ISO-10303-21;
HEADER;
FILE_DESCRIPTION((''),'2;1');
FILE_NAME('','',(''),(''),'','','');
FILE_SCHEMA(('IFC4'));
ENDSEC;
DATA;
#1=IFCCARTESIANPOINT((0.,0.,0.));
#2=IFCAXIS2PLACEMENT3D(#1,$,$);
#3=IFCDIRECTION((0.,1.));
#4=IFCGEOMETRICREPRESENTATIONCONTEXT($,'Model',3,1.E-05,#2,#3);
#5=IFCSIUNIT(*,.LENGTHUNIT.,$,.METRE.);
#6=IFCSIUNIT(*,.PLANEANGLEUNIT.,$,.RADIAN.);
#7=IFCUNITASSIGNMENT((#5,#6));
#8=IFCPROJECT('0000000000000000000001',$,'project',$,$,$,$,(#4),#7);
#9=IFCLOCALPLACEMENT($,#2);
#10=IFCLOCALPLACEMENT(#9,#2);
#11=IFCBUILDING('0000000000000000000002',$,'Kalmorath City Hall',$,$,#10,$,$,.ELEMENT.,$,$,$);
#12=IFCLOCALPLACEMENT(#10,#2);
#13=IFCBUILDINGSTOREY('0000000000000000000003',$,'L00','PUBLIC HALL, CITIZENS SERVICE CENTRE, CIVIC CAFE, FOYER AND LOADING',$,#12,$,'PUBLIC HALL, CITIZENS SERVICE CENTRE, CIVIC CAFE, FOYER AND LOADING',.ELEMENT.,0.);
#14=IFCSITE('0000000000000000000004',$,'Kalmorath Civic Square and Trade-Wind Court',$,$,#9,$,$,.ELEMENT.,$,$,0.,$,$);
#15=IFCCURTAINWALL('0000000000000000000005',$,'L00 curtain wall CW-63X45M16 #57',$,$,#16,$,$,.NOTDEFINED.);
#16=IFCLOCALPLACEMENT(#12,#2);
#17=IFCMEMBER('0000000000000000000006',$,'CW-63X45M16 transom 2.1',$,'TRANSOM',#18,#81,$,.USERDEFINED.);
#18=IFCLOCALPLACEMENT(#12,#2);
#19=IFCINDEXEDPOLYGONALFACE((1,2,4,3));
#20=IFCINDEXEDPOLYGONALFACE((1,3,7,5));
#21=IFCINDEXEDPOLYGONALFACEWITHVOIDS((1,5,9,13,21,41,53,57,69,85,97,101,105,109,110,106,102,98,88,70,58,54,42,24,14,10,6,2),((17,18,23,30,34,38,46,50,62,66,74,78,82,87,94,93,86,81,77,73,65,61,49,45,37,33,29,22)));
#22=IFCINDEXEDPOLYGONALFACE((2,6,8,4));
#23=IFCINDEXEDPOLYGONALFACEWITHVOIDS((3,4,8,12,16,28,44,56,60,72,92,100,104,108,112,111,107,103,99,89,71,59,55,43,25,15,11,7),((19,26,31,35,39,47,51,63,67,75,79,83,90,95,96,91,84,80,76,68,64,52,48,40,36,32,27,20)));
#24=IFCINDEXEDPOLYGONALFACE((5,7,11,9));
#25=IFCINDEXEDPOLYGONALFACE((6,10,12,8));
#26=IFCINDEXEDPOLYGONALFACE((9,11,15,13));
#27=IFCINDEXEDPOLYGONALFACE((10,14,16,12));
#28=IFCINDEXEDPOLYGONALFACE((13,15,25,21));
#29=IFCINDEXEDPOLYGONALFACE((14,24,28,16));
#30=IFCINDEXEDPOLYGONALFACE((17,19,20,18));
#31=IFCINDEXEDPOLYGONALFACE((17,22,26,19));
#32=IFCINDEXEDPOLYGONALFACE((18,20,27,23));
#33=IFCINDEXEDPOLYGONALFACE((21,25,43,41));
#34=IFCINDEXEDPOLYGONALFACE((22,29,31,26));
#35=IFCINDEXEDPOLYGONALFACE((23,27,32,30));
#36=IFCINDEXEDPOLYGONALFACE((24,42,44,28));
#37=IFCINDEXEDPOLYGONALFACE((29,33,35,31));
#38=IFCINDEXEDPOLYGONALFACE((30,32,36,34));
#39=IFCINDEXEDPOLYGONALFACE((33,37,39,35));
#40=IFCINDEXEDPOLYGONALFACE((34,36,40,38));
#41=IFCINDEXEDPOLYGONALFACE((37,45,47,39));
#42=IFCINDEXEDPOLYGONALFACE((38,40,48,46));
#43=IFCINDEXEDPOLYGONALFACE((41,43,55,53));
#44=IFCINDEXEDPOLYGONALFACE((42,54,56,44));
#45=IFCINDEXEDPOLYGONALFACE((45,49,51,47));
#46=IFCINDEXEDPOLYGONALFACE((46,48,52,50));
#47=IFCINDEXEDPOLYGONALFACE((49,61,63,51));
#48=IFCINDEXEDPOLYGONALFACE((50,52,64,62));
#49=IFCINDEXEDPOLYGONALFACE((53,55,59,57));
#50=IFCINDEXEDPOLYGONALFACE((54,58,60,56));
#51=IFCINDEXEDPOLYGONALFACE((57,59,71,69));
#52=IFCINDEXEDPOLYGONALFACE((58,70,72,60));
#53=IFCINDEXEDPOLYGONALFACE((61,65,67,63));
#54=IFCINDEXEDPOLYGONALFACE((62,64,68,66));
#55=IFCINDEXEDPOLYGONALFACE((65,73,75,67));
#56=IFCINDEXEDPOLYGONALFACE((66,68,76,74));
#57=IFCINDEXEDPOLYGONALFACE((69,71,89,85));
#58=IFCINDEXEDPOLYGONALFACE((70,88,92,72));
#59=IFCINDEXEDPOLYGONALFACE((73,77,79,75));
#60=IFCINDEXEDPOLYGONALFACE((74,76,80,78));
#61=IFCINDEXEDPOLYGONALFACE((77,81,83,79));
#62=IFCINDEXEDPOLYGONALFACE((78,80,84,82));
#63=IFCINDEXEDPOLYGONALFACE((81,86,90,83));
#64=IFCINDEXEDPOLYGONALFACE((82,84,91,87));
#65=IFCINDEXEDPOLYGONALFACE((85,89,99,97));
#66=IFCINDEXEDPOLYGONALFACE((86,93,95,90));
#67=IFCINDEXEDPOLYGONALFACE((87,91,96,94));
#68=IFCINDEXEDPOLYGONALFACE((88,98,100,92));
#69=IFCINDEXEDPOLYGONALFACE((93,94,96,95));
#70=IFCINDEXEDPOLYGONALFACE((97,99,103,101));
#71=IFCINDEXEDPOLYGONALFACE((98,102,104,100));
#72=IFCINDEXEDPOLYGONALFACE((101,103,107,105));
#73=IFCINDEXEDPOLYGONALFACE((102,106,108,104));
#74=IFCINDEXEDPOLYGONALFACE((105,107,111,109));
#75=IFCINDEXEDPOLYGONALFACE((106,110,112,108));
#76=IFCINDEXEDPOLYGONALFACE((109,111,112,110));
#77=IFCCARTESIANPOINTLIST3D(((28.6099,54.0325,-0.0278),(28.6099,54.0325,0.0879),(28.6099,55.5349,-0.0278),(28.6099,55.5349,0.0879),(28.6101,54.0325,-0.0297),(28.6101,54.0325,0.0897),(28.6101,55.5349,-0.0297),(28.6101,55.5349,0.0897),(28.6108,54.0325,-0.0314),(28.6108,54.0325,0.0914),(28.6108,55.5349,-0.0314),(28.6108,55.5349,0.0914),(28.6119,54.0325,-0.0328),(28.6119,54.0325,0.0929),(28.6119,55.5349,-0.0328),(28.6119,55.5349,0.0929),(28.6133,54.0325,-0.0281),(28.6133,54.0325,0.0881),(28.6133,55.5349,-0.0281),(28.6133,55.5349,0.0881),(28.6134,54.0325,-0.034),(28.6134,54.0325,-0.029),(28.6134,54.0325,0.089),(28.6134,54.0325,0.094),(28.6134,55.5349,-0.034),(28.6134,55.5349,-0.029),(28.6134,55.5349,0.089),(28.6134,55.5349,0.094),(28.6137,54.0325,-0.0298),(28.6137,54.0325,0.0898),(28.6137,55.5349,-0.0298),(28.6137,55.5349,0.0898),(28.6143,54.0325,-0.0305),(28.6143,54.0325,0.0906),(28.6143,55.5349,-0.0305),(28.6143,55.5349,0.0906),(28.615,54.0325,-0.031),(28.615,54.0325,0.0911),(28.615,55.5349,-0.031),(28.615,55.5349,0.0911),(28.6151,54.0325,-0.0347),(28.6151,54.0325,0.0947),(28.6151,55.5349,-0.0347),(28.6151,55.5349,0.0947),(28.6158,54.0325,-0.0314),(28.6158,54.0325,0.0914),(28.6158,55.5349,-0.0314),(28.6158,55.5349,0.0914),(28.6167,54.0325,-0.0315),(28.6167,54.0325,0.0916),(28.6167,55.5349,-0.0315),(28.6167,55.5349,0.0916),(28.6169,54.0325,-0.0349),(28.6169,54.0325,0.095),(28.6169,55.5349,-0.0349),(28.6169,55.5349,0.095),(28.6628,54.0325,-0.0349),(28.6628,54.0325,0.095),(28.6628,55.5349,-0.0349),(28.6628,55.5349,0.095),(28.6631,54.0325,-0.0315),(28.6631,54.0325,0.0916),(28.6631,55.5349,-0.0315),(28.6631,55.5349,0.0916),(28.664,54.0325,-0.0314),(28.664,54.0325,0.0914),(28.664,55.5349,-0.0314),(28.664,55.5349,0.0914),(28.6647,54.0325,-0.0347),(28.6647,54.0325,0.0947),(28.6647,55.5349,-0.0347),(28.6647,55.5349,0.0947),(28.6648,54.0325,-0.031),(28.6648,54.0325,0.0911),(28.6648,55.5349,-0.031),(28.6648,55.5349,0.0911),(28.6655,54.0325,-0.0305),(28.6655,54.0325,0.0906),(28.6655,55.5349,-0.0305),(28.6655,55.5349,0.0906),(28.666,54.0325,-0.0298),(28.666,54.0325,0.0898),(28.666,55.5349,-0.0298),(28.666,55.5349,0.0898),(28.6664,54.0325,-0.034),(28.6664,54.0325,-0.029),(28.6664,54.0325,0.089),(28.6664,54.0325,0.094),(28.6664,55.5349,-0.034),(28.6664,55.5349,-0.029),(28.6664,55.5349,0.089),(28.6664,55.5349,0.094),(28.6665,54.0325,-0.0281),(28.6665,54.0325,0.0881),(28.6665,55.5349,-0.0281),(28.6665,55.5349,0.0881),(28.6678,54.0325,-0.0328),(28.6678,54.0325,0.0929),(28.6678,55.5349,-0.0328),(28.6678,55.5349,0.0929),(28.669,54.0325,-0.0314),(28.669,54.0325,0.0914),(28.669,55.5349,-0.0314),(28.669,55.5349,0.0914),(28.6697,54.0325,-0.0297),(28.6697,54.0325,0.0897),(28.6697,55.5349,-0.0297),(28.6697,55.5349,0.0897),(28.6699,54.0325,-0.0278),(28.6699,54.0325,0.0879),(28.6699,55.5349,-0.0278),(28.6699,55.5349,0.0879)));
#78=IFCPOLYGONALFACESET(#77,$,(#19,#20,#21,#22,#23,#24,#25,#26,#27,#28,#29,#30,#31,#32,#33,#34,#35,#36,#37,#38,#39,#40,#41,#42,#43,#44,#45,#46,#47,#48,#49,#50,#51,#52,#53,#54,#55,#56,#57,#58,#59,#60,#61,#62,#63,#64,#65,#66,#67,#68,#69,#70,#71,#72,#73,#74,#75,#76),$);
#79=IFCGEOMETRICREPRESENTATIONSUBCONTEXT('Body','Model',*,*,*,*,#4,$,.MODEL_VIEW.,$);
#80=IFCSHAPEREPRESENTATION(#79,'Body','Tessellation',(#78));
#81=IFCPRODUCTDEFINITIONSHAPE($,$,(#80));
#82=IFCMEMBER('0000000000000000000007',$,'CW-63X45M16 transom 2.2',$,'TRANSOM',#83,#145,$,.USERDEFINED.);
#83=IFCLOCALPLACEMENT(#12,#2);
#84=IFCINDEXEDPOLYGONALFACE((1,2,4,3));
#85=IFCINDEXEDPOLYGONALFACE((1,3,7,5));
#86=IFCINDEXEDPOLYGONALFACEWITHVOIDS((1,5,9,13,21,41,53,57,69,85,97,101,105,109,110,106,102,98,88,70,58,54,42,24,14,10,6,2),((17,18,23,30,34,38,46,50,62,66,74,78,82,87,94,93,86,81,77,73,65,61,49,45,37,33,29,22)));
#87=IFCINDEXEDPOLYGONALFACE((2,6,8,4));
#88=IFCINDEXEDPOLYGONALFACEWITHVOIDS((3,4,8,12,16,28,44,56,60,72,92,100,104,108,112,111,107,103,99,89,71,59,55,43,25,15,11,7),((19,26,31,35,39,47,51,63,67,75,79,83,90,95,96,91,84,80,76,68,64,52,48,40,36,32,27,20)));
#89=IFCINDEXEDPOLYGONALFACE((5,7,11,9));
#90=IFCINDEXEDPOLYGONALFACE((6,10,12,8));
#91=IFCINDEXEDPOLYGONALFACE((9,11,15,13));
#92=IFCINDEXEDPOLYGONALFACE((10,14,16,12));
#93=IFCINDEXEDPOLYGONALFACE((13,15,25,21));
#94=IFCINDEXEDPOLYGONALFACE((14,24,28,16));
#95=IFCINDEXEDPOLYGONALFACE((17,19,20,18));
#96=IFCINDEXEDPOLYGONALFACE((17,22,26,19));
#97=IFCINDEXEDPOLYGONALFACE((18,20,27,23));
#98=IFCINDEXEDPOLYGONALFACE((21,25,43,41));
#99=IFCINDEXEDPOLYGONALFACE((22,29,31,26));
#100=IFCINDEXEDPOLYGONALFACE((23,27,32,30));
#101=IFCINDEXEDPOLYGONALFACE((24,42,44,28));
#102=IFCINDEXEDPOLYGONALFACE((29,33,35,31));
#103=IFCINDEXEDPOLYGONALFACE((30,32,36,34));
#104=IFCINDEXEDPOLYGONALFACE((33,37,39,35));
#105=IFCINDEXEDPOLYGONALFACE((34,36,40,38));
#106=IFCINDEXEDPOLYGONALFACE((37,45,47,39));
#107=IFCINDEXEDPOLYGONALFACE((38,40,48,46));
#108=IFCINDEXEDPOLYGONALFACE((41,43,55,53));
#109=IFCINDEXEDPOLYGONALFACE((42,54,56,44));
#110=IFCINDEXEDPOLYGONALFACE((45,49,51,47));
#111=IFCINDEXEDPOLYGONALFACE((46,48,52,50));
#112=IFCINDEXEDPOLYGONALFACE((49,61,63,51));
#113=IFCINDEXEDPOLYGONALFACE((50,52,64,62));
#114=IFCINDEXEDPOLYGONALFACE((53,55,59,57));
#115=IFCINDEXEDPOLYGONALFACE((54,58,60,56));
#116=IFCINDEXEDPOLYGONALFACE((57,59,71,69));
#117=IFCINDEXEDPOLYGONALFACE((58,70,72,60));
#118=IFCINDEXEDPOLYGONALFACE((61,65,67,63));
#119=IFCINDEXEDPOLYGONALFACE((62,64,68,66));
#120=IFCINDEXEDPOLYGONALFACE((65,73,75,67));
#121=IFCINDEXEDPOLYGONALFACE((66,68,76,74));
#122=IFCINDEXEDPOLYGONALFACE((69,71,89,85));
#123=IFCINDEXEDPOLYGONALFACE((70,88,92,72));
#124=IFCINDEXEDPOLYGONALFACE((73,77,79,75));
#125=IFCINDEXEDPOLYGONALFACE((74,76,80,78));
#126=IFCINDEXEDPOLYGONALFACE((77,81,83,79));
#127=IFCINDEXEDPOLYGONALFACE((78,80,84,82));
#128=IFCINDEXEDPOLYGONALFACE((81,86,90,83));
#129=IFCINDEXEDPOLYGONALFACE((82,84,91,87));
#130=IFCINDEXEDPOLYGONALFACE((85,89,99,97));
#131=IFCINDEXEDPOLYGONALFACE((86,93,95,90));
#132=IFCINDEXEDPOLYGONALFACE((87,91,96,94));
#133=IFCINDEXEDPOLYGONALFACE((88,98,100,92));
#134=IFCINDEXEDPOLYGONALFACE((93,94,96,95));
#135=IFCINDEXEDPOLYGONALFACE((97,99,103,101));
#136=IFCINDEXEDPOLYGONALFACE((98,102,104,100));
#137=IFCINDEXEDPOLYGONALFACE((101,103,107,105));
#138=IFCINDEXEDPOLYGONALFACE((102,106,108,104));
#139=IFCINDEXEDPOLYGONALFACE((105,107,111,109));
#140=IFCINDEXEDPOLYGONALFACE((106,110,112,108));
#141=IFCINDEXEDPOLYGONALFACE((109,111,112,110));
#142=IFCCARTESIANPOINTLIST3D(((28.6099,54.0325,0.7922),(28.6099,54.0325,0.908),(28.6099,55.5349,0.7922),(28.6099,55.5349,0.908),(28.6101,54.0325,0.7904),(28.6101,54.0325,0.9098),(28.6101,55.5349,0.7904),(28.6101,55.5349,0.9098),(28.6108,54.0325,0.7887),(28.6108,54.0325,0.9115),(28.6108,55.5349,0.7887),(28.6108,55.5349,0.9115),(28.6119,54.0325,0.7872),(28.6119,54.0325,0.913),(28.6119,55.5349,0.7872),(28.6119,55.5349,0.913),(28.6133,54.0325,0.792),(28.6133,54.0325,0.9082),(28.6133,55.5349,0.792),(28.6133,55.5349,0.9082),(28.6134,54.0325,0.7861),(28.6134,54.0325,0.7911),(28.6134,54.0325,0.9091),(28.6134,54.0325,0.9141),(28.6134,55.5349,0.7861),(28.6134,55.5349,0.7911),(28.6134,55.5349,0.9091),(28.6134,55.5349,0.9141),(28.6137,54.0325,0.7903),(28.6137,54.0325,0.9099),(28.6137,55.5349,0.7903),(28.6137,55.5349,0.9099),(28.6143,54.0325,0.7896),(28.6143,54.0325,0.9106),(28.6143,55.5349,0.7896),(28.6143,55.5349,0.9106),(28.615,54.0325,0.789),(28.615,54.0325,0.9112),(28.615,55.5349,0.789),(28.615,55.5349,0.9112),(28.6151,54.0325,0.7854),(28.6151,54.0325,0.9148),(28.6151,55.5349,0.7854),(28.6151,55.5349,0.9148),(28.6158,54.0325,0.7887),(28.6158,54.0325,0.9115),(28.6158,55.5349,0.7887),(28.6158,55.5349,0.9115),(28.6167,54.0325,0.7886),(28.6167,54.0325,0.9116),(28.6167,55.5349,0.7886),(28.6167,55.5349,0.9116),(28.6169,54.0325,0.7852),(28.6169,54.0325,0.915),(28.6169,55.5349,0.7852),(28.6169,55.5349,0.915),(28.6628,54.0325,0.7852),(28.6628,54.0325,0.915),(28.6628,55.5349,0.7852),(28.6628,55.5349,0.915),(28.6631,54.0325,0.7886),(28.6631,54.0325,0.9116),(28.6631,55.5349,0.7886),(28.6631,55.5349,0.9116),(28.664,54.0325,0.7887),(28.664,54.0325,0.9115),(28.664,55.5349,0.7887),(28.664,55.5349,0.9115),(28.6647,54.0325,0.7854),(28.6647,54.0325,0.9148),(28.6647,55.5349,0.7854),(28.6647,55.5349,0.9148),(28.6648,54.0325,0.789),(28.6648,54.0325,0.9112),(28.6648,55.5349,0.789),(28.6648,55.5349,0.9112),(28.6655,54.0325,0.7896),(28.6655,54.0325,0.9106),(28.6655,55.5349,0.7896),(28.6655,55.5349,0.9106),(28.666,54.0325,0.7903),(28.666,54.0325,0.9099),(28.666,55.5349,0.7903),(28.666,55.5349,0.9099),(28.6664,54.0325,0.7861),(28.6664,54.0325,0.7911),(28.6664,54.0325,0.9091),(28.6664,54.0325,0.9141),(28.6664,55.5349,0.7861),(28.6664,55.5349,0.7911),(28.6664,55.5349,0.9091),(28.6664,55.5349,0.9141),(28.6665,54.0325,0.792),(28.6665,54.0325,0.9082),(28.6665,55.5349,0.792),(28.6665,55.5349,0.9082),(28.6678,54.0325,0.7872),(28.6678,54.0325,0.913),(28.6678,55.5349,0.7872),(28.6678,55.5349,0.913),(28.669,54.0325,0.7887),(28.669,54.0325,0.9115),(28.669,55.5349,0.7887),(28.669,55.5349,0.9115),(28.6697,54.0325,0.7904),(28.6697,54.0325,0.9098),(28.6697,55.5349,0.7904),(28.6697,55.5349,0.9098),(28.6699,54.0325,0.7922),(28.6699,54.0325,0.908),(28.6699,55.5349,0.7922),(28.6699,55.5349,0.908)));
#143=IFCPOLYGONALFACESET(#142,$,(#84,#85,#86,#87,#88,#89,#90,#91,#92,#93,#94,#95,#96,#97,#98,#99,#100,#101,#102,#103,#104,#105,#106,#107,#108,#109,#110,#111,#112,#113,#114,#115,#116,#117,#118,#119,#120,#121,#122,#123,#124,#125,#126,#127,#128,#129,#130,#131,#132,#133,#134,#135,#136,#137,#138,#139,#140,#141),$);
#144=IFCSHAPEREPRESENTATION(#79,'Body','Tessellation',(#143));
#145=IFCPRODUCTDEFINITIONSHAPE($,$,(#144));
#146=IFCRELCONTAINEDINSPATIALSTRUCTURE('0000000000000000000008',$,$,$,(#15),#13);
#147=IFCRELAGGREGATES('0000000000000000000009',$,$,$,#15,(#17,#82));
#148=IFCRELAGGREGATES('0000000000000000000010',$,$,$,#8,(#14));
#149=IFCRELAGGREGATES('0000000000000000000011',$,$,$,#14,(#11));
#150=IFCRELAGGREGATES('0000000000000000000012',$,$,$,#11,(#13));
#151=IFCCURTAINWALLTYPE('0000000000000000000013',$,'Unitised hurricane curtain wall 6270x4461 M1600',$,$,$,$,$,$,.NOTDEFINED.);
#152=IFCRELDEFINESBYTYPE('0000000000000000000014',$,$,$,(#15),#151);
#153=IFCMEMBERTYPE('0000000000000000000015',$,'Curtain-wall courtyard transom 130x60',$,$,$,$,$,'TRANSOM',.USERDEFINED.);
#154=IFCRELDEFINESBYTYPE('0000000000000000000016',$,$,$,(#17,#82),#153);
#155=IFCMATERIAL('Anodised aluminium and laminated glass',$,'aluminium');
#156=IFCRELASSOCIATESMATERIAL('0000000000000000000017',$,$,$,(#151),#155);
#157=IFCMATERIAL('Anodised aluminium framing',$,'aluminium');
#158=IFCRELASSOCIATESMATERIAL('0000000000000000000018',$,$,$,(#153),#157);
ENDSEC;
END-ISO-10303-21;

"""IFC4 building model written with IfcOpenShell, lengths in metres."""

from ifc_helpers import new_model, si_unit, direction, frame, origin, origin_2d, place, context, subcontext, project, spatial, hollow_rectangle, extrude, material, material_profile, profile_set, type_object, element, aggregate, save


model = new_model("IFC4")

# Units and contexts
model_context = context("Model", 3, precision=1e-05, world=origin(), true_north=direction((0.0, 1.0)))
body_context = subcontext(model_context, "Body", "Model", "MODEL_VIEW")
ifc_project = project(units=[si_unit("LENGTHUNIT", "METRE"), si_unit("PLANEANGLEUNIT", "RADIAN")], contexts=[model_context])

# Site, building, storey
site_placement = place(None, origin())
site = spatial("IfcSite", under=ifc_project, at=site_placement, Name="Kalmorath Civic Square and Trade-Wind Court", CompositionType="ELEMENT", RefElevation=0.0)
building_placement = place(site_placement, origin())
building = spatial("IfcBuilding", under=site, at=building_placement, Name="Kalmorath City Hall", CompositionType="ELEMENT")
storey_placement = place(building_placement, origin())
storey = spatial("IfcBuildingStorey", under=building, at=storey_placement, Name="L00", Description="PUBLIC HALL, CITIZENS SERVICE CENTRE, CIVIC CAFE, FOYER AND LOADING", LongName="PUBLIC HALL, CITIZENS SERVICE CENTRE, CIVIC CAFE, FOYER AND LOADING", CompositionType="ELEMENT", Elevation=0.0)

# Curtain wall, members
ifc_material_1 = material(Name="Anodised aluminium and laminated glass", Category="aluminium")
curtain_wall_type = type_object("IfcCurtainWallType", Name="Unitised hurricane curtain wall 6270x4461 M1600", PredefinedType="NOTDEFINED", material=ifc_material_1)
curtain_wall_placement = place(storey_placement, origin())
curtain_wall = element("IfcCurtainWall", 1, at=curtain_wall_placement, inside=storey, type_object=curtain_wall_type, Name="L00 curtain wall CW-63X45M16 #57", PredefinedType="NOTDEFINED")
ifc_material_2 = material(Name="Anodised aluminium framing", Category="aluminium")
ifc_material_profile_1 = material_profile(ifc_material_2, hollow_rectangle(XDim=0.0601, YDim=0.1299, WallThickness=0.0034, InnerFilletRadius=0.0034, OuterFilletRadius=0.0071, at=origin_2d()), Name="ALU-TRN-130X60X3.5")
ifc_profile_set_1 = profile_set([ifc_material_profile_1], Name="Anodised aluminium framing")
member_type_1 = type_object("IfcMemberType", Name="Curtain-wall courtyard transom 130x60", ElementType="TRANSOM", PredefinedType="USERDEFINED", material=ifc_profile_set_1)
member_1_placement = place(storey_placement, frame((28.6399, 55.5349, 0.03), z_axis=(0.0, -1.0, 0.0), x_axis=(1.0, 0.0, 0.0)))
member_1 = element("IfcMember", 2, at=member_1_placement, type_object=member_type_1, Name="CW-63X45M16 transom 2.1", ObjectType="TRANSOM", PredefinedType="USERDEFINED", context=body_context, shape_type="SweptSolid", body=[
    extrude(hollow_rectangle(XDim=0.0601, YDim=0.1299, WallThickness=0.0034, InnerFilletRadius=0.0034, OuterFilletRadius=0.0071, at=origin_2d()), origin(), (0.0, 0.0, 1.0), 1.5024),
])
member_2_placement = place(storey_placement, frame((28.6399, 55.5349, 0.8501), z_axis=(0.0, -1.0, 0.0), x_axis=(1.0, 0.0, 0.0)))
member_2 = element("IfcMember", 3, at=member_2_placement, type_object=member_type_1, Name="CW-63X45M16 transom 2.2", ObjectType="TRANSOM", PredefinedType="USERDEFINED", context=body_context, shape_type="SweptSolid", body=[
    extrude(hollow_rectangle(XDim=0.0601, YDim=0.1299, WallThickness=0.0034, InnerFilletRadius=0.0034, OuterFilletRadius=0.0071, at=origin_2d()), origin(), (0.0, 0.0, 1.0), 1.5024),
])

aggregate(curtain_wall, [member_1, member_2])

save(model, "model.ifc")
